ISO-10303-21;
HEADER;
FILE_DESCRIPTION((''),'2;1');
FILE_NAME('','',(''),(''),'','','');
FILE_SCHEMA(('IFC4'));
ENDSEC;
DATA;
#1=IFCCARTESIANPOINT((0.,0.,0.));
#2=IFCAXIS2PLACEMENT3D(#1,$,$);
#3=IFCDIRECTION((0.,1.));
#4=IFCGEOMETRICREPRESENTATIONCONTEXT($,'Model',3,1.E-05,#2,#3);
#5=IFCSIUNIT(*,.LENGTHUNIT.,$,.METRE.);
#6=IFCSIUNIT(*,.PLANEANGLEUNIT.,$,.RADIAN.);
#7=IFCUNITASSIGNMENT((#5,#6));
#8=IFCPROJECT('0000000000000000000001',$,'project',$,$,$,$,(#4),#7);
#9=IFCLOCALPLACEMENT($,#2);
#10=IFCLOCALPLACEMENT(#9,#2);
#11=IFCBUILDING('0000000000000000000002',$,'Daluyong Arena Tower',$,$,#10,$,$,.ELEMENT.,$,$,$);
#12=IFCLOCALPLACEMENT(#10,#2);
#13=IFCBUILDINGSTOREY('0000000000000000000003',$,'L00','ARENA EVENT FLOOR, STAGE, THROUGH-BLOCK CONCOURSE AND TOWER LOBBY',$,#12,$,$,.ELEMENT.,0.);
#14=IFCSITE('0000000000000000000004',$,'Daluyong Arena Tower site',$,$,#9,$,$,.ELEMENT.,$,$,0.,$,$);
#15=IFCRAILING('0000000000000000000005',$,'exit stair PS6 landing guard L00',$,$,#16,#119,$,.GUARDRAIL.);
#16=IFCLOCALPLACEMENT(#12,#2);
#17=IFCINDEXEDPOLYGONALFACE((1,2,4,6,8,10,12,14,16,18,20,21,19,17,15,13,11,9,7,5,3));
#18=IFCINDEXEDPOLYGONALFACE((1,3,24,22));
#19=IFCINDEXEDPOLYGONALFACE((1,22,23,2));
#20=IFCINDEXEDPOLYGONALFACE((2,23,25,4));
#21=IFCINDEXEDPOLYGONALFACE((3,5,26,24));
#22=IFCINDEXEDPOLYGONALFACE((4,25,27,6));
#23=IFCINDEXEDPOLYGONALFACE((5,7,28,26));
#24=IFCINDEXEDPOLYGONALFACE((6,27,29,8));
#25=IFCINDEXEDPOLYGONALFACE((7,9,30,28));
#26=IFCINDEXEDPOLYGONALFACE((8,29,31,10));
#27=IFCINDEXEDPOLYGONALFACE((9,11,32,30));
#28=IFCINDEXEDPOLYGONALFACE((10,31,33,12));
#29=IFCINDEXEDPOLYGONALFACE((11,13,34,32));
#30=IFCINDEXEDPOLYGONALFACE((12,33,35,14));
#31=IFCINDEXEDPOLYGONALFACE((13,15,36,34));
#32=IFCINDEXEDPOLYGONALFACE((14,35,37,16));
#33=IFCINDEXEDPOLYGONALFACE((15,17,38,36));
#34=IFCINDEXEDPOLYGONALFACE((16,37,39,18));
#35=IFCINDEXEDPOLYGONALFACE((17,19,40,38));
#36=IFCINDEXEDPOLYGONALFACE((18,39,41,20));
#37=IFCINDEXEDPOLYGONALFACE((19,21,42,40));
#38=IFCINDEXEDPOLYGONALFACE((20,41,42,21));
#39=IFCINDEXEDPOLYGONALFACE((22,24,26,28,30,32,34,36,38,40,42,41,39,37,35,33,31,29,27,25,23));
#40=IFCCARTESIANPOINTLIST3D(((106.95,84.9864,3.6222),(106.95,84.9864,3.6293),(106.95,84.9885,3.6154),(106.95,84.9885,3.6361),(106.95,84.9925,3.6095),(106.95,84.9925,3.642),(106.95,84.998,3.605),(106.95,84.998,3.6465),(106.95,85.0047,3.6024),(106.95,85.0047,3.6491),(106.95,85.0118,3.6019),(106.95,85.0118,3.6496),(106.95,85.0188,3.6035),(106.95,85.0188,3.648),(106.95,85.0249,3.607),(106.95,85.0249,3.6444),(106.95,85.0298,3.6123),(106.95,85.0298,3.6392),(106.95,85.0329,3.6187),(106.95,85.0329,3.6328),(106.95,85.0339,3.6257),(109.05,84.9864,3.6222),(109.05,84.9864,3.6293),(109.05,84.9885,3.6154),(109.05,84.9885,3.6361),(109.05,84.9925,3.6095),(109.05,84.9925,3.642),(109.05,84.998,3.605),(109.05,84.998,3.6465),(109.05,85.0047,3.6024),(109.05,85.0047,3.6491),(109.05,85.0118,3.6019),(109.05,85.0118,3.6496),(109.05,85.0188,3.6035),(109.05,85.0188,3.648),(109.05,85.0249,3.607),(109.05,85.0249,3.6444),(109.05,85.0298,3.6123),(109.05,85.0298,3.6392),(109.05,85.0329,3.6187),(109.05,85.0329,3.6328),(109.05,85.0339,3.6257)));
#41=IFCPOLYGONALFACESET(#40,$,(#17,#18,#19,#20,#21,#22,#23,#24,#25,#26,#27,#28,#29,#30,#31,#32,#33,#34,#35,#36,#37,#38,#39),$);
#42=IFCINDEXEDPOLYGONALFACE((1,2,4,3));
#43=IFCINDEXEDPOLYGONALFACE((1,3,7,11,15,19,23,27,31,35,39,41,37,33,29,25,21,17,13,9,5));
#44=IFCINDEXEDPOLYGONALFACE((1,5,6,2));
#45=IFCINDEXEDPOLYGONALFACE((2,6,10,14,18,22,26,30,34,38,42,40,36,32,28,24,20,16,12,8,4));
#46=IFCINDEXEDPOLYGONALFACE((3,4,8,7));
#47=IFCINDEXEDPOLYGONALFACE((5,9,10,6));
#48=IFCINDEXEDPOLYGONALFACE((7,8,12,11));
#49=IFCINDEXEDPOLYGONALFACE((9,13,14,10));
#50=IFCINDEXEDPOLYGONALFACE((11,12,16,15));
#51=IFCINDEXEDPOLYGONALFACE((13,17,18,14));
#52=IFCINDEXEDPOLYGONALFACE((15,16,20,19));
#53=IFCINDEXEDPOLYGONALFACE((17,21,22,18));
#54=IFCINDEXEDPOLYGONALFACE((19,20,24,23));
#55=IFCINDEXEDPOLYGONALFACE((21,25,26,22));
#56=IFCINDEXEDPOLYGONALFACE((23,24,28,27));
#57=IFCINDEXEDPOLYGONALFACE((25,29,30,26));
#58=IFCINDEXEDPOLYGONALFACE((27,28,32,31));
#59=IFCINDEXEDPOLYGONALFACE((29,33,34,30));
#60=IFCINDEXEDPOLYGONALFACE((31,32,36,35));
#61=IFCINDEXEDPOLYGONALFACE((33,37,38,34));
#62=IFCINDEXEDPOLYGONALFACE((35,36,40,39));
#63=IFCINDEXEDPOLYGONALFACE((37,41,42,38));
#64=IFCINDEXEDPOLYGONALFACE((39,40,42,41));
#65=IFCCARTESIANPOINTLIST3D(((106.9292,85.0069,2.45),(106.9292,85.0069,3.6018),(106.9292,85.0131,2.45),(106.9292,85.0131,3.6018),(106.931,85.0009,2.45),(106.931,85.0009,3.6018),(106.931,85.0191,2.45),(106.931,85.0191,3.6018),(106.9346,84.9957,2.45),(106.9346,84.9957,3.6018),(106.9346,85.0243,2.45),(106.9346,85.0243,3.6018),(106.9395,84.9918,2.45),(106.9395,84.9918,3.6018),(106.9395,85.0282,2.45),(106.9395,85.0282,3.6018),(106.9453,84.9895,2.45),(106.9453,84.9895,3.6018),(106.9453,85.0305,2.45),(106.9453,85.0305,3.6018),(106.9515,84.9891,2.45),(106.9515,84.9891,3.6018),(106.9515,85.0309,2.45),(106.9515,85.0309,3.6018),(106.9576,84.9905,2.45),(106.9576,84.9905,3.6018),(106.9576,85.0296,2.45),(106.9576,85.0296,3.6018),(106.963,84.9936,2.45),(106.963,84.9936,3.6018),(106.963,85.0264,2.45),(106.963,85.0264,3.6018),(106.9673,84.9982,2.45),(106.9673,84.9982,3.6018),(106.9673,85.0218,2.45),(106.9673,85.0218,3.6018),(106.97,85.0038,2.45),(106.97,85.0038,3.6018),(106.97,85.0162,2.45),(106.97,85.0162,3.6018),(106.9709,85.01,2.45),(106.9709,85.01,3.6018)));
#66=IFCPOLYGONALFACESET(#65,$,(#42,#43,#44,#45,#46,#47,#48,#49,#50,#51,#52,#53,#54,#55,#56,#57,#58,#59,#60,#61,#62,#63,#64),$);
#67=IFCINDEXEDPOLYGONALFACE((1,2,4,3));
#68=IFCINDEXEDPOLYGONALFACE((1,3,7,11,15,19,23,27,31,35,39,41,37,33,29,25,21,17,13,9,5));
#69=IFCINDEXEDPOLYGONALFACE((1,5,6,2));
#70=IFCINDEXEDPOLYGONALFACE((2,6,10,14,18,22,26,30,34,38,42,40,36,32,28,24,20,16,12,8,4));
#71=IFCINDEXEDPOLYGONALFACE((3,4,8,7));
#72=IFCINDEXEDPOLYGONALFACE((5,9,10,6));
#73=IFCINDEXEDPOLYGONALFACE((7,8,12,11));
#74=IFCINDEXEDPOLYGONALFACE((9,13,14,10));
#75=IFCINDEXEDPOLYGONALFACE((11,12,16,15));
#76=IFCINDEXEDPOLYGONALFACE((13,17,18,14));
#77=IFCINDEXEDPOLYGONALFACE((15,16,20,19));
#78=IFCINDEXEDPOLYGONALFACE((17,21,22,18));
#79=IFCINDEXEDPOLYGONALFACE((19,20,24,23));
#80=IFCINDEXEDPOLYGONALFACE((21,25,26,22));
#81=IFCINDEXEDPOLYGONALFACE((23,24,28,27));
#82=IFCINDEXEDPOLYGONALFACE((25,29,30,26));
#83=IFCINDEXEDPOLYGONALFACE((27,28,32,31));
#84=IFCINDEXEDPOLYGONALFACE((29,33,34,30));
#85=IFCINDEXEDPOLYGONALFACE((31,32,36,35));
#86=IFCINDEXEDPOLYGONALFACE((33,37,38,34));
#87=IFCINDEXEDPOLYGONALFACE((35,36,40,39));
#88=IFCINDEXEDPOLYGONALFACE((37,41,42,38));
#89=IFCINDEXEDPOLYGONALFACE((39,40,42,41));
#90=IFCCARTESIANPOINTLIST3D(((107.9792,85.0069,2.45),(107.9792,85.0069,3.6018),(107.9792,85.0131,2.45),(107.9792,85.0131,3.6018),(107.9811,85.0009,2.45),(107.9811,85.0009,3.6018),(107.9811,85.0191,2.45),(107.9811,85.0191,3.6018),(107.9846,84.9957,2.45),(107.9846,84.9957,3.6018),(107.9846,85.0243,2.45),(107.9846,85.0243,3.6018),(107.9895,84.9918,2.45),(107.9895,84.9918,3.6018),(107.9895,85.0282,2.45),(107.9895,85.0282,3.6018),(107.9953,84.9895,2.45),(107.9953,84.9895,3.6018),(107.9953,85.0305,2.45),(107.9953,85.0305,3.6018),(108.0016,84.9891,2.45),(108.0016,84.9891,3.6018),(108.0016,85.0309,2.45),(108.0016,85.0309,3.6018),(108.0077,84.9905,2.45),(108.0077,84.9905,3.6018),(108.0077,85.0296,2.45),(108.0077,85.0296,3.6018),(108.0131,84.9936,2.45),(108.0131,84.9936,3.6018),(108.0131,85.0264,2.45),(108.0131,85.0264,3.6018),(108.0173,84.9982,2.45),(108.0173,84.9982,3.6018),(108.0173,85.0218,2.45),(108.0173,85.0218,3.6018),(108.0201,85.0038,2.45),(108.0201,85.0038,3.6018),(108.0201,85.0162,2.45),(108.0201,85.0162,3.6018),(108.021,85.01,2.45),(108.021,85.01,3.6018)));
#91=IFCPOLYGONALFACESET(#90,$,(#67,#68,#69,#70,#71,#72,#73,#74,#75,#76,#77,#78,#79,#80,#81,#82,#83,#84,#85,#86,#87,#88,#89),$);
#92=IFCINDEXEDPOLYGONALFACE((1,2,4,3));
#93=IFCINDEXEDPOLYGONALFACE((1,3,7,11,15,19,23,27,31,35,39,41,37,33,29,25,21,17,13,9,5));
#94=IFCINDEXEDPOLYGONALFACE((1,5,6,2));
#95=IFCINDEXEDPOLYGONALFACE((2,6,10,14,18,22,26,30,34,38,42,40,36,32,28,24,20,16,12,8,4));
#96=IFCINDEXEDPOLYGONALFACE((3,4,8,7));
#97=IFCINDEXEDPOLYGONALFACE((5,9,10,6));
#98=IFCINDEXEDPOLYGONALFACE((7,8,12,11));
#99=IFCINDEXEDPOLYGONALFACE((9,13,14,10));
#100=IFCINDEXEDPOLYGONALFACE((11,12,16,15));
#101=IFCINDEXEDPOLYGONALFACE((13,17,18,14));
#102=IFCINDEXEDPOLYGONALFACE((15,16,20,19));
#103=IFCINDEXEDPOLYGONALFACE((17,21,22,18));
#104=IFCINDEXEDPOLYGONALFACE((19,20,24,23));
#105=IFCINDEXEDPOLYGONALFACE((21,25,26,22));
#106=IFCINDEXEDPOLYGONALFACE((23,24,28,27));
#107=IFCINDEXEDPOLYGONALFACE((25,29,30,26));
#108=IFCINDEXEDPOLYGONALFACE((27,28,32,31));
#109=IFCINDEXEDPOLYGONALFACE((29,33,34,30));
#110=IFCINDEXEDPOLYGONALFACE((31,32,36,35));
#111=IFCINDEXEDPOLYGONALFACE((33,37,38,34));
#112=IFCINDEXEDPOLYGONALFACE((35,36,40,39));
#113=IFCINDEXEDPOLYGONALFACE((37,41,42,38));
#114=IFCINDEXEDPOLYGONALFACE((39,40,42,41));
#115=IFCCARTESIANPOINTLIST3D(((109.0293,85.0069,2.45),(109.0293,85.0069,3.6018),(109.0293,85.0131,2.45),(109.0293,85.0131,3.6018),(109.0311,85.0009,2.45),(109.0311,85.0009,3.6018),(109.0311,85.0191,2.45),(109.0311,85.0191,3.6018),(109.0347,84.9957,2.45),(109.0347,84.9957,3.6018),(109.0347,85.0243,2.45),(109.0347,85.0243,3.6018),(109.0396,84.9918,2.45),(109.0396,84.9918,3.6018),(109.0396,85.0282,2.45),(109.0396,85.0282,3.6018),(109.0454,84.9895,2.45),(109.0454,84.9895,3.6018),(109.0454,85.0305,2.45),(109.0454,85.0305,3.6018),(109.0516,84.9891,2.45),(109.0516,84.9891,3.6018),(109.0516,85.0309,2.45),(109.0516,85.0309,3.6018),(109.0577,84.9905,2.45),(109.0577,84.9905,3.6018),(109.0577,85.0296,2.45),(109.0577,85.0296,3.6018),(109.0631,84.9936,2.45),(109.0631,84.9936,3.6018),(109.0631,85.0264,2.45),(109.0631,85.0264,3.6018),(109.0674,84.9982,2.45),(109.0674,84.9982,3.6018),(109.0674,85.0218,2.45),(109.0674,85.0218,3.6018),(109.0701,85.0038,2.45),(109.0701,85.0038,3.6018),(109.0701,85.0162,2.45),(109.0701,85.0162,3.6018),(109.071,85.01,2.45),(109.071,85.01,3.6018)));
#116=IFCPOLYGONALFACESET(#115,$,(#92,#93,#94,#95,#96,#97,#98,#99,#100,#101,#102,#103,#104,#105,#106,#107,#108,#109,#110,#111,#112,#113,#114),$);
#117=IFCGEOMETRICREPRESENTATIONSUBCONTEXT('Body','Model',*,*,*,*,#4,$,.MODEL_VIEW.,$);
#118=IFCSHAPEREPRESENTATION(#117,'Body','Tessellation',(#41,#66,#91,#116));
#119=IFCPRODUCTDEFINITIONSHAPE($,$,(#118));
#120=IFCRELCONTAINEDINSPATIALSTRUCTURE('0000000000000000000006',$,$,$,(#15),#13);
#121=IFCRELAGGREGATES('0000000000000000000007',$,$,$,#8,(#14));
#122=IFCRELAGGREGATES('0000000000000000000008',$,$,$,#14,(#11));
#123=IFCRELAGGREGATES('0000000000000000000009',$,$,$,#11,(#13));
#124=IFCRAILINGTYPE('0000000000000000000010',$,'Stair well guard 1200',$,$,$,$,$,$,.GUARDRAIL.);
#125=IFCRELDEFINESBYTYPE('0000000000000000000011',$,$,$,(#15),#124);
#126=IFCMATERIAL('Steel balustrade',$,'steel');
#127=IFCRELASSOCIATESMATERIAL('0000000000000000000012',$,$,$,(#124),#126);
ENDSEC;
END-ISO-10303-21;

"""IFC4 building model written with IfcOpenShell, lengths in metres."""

from ifc_helpers import new_model, si_unit, direction, frame, origin, origin_2d, place, context, subcontext, project, spatial, circle, extrude, material, type_object, element, save


model = new_model("IFC4")

# Units and contexts
model_context = context("Model", 3, precision=1e-05, world=origin(), true_north=direction((0.0, 1.0)))
body_context = subcontext(model_context, "Body", "Model", "MODEL_VIEW")
ifc_project = project(units=[si_unit("LENGTHUNIT", "METRE"), si_unit("PLANEANGLEUNIT", "RADIAN")], contexts=[model_context])

# Site, building, storey
site_placement = place(None, origin())
site = spatial("IfcSite", under=ifc_project, at=site_placement, Name="Daluyong Arena Tower site", CompositionType="ELEMENT", RefElevation=0.0)
building_placement = place(site_placement, origin())
building = spatial("IfcBuilding", under=site, at=building_placement, Name="Daluyong Arena Tower", CompositionType="ELEMENT")
storey_placement = place(building_placement, origin())
storey = spatial("IfcBuildingStorey", under=building, at=storey_placement, Name="L00", Description="ARENA EVENT FLOOR, STAGE, THROUGH-BLOCK CONCOURSE AND TOWER LOBBY", CompositionType="ELEMENT", Elevation=0.0)

# Railing
ifc_material_1 = material(Name="Steel balustrade", Category="steel")
railing_type_1 = type_object("IfcRailingType", Name="Stair well guard 1200", PredefinedType="GUARDRAIL", material=ifc_material_1)
railing_1_placement = place(storey_placement, frame((106.95, 85.01, 2.45)))
element("IfcRailing", 1, at=railing_1_placement, inside=storey, type_object=railing_type_1, Name="exit stair PS6 landing guard L00", PredefinedType="GUARDRAIL", context=body_context, shape_type="SweptSolid", body=[
    extrude(circle(Radius=0.0239, at=origin_2d()), frame((0.0, 0.0, 1.1758), z_axis=(1.0, 0.0, 0.0), x_axis=(0.0, 1.0, 0.0)), (0.0, 0.0, 1.0), 2.1001),
    extrude(circle(Radius=0.021, at=origin_2d()), origin(), (0.0, 0.0, 1.0), 1.1519),
    extrude(circle(Radius=0.021, at=origin_2d()), frame((1.05, 0.0, 0.0)), (0.0, 0.0, 1.0), 1.1519),
    extrude(circle(Radius=0.021, at=origin_2d()), frame((2.1001, 0.0, 0.0)), (0.0, 0.0, 1.0), 1.1519),
])

save(model, "model.ifc")
